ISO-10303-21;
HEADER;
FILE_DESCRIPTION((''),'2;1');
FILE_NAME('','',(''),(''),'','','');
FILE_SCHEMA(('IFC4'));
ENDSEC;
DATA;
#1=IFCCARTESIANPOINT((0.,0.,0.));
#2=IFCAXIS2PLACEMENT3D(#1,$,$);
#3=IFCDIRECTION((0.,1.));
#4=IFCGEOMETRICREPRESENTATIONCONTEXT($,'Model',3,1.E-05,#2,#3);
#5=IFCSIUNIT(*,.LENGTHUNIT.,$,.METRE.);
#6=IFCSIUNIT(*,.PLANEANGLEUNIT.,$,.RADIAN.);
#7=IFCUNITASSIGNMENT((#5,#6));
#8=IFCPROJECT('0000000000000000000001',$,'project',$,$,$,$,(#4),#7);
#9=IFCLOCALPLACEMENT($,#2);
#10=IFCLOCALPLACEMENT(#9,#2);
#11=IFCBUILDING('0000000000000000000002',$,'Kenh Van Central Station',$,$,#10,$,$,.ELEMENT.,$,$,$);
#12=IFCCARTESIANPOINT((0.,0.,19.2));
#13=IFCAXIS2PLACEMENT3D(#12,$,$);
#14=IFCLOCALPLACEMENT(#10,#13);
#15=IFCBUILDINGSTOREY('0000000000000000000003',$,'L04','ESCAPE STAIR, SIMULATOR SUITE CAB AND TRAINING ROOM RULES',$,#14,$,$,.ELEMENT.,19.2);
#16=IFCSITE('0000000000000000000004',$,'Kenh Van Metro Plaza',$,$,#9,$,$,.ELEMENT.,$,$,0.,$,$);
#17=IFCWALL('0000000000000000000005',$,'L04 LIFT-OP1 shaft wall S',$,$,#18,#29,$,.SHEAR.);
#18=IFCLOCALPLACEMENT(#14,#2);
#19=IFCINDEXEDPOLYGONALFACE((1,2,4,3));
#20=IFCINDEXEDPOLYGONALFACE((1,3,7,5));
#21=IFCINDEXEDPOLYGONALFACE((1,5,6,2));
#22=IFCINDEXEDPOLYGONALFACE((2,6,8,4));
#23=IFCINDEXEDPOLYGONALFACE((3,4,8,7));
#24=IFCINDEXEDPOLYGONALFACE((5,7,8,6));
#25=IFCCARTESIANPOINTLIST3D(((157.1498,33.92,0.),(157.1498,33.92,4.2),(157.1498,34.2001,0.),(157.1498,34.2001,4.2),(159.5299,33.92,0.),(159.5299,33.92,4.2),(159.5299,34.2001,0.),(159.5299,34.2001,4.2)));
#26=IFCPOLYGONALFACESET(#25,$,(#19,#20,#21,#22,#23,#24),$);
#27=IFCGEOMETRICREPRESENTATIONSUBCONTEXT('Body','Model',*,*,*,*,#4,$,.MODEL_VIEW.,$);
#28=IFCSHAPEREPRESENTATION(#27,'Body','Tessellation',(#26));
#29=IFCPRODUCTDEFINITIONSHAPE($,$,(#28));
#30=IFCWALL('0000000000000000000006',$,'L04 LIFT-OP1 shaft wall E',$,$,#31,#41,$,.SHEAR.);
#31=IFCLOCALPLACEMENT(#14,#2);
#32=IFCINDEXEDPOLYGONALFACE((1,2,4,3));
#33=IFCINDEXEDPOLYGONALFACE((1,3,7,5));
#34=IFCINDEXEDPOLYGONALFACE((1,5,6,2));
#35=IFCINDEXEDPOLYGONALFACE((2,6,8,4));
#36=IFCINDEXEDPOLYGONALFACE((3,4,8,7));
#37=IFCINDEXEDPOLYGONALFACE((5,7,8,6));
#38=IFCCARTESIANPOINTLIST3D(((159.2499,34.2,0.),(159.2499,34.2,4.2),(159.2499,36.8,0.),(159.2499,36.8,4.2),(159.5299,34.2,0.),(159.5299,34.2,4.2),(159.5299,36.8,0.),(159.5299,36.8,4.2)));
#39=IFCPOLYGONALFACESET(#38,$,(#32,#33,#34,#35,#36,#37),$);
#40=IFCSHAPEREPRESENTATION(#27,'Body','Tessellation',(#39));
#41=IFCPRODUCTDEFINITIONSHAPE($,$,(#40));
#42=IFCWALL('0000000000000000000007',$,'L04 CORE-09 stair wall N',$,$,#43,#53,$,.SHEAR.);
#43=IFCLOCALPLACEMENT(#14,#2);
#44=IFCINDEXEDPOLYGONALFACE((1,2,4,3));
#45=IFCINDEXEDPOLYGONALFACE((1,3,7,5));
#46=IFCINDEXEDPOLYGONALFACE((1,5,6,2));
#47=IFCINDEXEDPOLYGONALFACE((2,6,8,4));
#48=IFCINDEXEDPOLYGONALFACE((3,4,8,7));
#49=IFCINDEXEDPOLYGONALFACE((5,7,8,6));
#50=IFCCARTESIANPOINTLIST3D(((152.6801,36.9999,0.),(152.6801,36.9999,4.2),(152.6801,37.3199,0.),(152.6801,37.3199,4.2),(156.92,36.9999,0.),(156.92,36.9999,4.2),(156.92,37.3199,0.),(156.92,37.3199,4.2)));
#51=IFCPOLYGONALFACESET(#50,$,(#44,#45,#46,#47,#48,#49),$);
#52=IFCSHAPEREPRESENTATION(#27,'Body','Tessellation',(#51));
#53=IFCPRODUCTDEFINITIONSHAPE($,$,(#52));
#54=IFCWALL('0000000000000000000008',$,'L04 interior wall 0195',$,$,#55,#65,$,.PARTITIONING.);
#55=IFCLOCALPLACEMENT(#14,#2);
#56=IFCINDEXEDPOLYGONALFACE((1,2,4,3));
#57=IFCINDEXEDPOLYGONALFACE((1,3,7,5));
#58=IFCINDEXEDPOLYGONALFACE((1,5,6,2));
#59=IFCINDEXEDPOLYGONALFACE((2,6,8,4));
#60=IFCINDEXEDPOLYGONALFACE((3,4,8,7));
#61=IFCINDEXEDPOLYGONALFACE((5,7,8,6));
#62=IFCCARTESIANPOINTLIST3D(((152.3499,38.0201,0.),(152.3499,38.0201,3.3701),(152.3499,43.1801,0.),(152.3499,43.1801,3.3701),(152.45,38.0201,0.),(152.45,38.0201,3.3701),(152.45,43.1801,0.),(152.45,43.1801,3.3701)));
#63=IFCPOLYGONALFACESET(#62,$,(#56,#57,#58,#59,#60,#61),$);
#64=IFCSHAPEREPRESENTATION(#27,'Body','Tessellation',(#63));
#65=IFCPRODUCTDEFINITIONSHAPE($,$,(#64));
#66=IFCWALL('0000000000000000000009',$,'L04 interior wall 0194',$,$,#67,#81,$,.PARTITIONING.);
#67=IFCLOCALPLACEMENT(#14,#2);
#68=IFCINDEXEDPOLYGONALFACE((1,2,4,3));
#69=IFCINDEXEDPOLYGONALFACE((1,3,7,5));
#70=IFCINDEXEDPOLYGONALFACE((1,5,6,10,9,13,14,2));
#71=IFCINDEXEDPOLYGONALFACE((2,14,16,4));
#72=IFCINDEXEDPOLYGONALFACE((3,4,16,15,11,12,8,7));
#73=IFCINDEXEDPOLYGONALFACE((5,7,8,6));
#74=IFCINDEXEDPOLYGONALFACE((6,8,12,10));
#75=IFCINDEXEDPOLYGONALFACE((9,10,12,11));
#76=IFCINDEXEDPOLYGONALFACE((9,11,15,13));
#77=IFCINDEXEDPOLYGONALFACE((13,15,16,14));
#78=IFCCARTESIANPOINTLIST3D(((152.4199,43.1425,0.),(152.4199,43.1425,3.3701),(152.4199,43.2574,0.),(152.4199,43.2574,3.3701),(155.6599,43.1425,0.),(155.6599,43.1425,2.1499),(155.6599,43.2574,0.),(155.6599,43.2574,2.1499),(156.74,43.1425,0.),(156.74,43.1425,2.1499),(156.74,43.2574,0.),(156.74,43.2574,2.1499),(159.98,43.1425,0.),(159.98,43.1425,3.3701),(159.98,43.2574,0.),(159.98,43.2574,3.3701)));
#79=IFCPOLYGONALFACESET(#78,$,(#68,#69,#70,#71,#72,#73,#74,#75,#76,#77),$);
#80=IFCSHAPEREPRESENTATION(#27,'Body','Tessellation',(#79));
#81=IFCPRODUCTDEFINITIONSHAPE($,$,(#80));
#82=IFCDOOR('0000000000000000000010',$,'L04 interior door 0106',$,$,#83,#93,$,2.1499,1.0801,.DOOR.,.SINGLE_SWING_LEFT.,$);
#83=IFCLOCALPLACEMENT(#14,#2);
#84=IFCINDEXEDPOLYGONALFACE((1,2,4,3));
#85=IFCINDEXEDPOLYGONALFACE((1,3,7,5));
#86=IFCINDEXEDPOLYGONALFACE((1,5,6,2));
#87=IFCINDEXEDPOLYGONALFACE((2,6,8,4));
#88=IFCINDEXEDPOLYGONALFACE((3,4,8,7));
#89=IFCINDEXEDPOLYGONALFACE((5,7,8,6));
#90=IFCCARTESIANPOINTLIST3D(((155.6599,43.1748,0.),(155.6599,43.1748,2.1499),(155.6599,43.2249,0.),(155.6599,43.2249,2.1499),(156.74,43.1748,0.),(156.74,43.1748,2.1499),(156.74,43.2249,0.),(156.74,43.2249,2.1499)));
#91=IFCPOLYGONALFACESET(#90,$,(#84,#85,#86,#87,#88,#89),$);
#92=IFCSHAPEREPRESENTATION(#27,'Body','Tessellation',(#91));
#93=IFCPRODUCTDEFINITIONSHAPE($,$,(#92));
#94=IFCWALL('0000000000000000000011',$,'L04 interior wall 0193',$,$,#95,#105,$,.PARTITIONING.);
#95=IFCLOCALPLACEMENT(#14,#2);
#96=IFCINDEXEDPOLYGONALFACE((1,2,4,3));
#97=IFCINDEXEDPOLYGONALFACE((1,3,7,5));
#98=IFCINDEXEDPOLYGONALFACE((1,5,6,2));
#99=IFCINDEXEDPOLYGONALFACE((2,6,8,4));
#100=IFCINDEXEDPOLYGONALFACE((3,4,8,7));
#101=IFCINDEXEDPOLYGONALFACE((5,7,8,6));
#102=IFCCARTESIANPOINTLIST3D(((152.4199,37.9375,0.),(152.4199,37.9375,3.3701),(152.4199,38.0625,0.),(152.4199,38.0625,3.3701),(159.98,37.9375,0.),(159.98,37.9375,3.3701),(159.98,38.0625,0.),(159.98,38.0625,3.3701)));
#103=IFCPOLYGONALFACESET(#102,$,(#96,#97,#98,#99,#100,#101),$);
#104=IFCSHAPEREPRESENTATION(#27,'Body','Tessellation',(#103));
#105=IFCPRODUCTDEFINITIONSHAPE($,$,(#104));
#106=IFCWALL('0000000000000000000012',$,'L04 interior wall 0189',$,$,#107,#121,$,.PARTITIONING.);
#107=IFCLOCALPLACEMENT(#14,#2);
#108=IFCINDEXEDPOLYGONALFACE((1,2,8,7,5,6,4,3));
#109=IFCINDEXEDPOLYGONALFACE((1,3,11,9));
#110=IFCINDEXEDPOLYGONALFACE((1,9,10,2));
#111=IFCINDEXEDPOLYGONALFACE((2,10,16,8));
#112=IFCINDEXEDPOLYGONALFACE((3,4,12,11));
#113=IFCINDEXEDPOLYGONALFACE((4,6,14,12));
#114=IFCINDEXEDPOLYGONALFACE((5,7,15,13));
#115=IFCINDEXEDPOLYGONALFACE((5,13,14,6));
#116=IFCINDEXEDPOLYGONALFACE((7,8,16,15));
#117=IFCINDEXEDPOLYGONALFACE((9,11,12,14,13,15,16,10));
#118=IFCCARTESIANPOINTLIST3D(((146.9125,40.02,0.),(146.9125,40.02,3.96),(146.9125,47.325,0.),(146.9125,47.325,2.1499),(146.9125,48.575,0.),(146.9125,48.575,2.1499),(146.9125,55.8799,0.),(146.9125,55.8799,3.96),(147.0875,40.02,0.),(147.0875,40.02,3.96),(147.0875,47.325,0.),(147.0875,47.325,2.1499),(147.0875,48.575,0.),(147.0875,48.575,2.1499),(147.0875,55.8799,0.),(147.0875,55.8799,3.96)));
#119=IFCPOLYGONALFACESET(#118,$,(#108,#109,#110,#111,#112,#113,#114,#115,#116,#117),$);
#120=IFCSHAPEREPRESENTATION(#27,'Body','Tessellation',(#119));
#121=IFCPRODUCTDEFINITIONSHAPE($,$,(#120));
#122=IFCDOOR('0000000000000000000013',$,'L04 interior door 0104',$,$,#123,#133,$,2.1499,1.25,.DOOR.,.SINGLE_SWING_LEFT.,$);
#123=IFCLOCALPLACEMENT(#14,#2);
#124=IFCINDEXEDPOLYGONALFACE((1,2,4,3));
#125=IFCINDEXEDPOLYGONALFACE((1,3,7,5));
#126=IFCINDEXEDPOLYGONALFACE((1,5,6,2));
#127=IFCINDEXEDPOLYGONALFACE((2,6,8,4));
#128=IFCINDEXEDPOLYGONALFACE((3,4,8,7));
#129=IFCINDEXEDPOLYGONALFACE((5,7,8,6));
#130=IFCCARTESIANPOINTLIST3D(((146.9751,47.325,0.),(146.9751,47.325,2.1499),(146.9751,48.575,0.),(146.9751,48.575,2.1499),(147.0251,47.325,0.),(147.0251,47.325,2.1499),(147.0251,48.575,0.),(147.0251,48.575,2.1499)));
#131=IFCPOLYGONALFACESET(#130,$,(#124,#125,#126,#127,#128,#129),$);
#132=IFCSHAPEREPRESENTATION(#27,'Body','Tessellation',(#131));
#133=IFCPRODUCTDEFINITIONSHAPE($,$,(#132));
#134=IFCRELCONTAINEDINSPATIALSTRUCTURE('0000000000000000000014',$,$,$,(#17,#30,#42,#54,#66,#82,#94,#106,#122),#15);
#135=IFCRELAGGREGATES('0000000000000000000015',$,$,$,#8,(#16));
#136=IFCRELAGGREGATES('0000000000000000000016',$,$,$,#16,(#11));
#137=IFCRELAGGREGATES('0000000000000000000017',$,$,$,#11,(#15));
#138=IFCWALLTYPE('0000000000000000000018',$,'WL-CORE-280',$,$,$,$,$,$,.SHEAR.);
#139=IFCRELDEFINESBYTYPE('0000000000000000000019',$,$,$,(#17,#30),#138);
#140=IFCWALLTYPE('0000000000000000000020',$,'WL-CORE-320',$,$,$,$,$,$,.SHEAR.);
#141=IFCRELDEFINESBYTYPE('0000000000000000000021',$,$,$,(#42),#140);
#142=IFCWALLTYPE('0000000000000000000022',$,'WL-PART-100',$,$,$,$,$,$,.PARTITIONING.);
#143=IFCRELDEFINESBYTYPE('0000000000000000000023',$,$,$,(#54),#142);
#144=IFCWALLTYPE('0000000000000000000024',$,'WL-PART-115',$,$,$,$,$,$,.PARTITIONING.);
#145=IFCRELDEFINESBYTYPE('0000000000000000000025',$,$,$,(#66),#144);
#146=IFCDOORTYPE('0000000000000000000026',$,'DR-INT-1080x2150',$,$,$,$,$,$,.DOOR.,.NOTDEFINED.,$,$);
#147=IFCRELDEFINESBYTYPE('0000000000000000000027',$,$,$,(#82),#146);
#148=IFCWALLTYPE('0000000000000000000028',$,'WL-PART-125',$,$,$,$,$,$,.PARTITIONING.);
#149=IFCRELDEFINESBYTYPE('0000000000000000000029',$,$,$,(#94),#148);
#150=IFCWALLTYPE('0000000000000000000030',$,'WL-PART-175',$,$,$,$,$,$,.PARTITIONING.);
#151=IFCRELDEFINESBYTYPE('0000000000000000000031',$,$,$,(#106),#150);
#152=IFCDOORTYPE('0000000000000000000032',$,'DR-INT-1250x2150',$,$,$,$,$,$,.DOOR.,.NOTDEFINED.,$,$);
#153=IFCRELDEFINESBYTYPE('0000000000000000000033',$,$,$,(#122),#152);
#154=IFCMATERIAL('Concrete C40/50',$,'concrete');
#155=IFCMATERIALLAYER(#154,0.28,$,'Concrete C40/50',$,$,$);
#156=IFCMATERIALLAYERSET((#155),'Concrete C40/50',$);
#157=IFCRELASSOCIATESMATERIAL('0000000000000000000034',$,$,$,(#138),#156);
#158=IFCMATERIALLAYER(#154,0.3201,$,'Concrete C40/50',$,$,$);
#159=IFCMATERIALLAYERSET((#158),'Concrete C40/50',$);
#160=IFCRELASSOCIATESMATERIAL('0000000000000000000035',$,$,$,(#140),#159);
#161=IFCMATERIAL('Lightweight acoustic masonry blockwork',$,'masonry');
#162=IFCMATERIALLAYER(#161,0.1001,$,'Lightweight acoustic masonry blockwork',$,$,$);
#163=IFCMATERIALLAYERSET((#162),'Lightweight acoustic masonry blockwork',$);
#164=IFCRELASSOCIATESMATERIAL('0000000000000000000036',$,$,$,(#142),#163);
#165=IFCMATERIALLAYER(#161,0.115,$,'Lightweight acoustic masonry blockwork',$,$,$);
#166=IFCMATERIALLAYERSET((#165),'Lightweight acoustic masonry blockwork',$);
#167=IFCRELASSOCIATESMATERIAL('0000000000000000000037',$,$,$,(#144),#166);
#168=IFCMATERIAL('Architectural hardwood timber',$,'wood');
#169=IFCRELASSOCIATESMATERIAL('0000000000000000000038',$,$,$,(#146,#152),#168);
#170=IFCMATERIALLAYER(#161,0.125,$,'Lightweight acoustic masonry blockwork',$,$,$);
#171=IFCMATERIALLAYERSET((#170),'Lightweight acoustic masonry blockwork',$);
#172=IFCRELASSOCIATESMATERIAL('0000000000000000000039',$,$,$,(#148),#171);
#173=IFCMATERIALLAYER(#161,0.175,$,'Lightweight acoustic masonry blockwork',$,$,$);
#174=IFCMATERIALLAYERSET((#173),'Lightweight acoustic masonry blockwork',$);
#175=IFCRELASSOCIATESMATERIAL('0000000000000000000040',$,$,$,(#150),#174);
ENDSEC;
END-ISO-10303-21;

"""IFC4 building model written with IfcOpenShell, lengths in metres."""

from ifc_helpers import new_model, si_unit, direction, frame, frame_2d, origin, place, context, subcontext, project, spatial, rectangle, extrude, material, layer, layer_set, type_object, element, fill, save


model = new_model("IFC4")

# Units and contexts
model_context = context("Model", 3, precision=1e-05, world=origin(), true_north=direction((0.0, 1.0)))
body_context = subcontext(model_context, "Body", "Model", "MODEL_VIEW")
ifc_project = project(units=[si_unit("LENGTHUNIT", "METRE"), si_unit("PLANEANGLEUNIT", "RADIAN")], contexts=[model_context])

# Site, building, storey
site_placement = place(None, origin())
site = spatial("IfcSite", under=ifc_project, at=site_placement, Name="Kenh Van Metro Plaza", CompositionType="ELEMENT", RefElevation=0.0)
building_placement = place(site_placement, origin())
building = spatial("IfcBuilding", under=site, at=building_placement, Name="Kenh Van Central Station", CompositionType="ELEMENT")
storey_placement = place(building_placement, frame((0.0, 0.0, 19.2)))
storey = spatial("IfcBuildingStorey", under=building, at=storey_placement, Name="L04", Description="ESCAPE STAIR, SIMULATOR SUITE CAB AND TRAINING ROOM RULES", CompositionType="ELEMENT", Elevation=19.2)

# Wall
ifc_material_1 = material(Name="Concrete C40/50", Category="concrete")
ifc_layer_1 = layer(ifc_material_1, 0.28, Name="Concrete C40/50")
ifc_layer_set_1 = layer_set([ifc_layer_1], Name="Concrete C40/50")
wall_type_1 = type_object("IfcWallType", Name="WL-CORE-280", PredefinedType="SHEAR", material=ifc_layer_set_1)
wall_1_placement = place(storey_placement, frame((157.1499, 34.0601, 0.0), z_axis=(0.0, 0.0, 1.0), x_axis=(1.0, 0.0, 0.0)))
element("IfcWall", 1, at=wall_1_placement, inside=storey, type_object=wall_type_1, Name="L04 LIFT-OP1 shaft wall S", PredefinedType="SHEAR", context=body_context, shape_type="SweptSolid", body=[
    extrude(rectangle(XDim=2.3801, YDim=0.28, at=frame_2d((1.1899, 0.0))), origin(), (0.0, 0.0, 1.0), 4.2),
])

# Walls
wall_2_placement = place(storey_placement, frame((159.3899, 34.2, 0.0), z_axis=(0.0, 0.0, 1.0), x_axis=(0.0, 1.0, 0.0)))
element("IfcWall", 2, at=wall_2_placement, inside=storey, type_object=wall_type_1, Name="L04 LIFT-OP1 shaft wall E", PredefinedType="SHEAR", context=body_context, shape_type="SweptSolid", body=[
    extrude(rectangle(XDim=2.6001, YDim=0.28, at=frame_2d((1.3, 0.0))), origin(), (0.0, 0.0, 1.0), 4.2),
])
ifc_layer_2 = layer(ifc_material_1, 0.3201, Name="Concrete C40/50")
ifc_layer_set_2 = layer_set([ifc_layer_2], Name="Concrete C40/50")
wall_type_2 = type_object("IfcWallType", Name="WL-CORE-320", PredefinedType="SHEAR", material=ifc_layer_set_2)
wall_3_placement = place(storey_placement, frame((152.6799, 37.1599, 0.0), z_axis=(0.0, 0.0, 1.0), x_axis=(1.0, 0.0, 0.0)))
element("IfcWall", 3, at=wall_3_placement, inside=storey, type_object=wall_type_2, Name="L04 CORE-09 stair wall N", PredefinedType="SHEAR", context=body_context, shape_type="SweptSolid", body=[
    extrude(rectangle(XDim=4.24, YDim=0.3201, at=frame_2d((2.1201, 0.0))), origin(), (0.0, 0.0, 1.0), 4.2),
])
ifc_material_2 = material(Name="Lightweight acoustic masonry blockwork", Category="masonry")
ifc_layer_3 = layer(ifc_material_2, 0.1001, Name="Lightweight acoustic masonry blockwork")
ifc_layer_set_3 = layer_set([ifc_layer_3], Name="Lightweight acoustic masonry blockwork")
wall_type_3 = type_object("IfcWallType", Name="WL-PART-100", PredefinedType="PARTITIONING", material=ifc_layer_set_3)
wall_4_placement = place(storey_placement, frame((152.3999, 38.02, 0.0), z_axis=(0.0, 0.0, 1.0), x_axis=(0.0, 1.0, 0.0)))
element("IfcWall", 4, at=wall_4_placement, inside=storey, type_object=wall_type_3, Name="L04 interior wall 0195", PredefinedType="PARTITIONING", context=body_context, shape_type="SweptSolid", body=[
    extrude(rectangle(XDim=5.1599, YDim=0.1001, at=frame_2d((2.5801, 0.0))), origin(), (0.0, 0.0, 1.0), 3.3701),
])

# Wall, opening, door
ifc_layer_4 = layer(ifc_material_2, 0.115, Name="Lightweight acoustic masonry blockwork")
ifc_layer_set_4 = layer_set([ifc_layer_4], Name="Lightweight acoustic masonry blockwork")
wall_type_4 = type_object("IfcWallType", Name="WL-PART-115", PredefinedType="PARTITIONING", material=ifc_layer_set_4)
wall_5_placement = place(storey_placement, frame((152.4199, 43.2, 0.0), z_axis=(0.0, 0.0, 1.0), x_axis=(1.0, 0.0, 0.0)))
wall_5 = element("IfcWall", 5, at=wall_5_placement, inside=storey, type_object=wall_type_4, Name="L04 interior wall 0194", PredefinedType="PARTITIONING", context=body_context, shape_type="SweptSolid", body=[
    extrude(rectangle(XDim=7.5601, YDim=0.115, at=frame_2d((3.78, 0.0))), origin(), (0.0, 0.0, 1.0), 3.3701),
])
opening_1_placement = place(wall_5_placement, frame((3.24, 0.0, 0.0)))
opening_1 = element("IfcOpeningElement", 6, at=opening_1_placement, cuts=wall_5, PredefinedType="OPENING", context=body_context, shape_type="SweptSolid", body=[
    extrude(rectangle(XDim=1.0801, YDim=2.1499, at=frame_2d((0.54, 1.075))), frame((0.0, 0.0674, 0.0), z_axis=(0.0, -1.0, 0.0), x_axis=(1.0, 0.0, 0.0)), (0.0, 0.0, 1.0), 0.135),
])
ifc_material_3 = material(Name="Architectural hardwood timber", Category="wood")
door_type_1 = type_object("IfcDoorType", Name="DR-INT-1080x2150", OperationType="NOTDEFINED", PredefinedType="DOOR", material=ifc_material_3)
door_1_placement = place(opening_1_placement, origin())
door_1 = element("IfcDoor", 7, at=door_1_placement, inside=storey, type_object=door_type_1, Name="L04 interior door 0106", OperationType="SINGLE_SWING_LEFT", OverallHeight=2.1499, OverallWidth=1.0801, PredefinedType="DOOR", context=body_context, shape_type="SweptSolid", body=[
    extrude(rectangle(XDim=1.0801, YDim=2.1499, at=frame_2d((0.54, 1.075))), frame((0.0, 0.0249, 0.0), z_axis=(0.0, -1.0, 0.0), x_axis=(1.0, 0.0, 0.0)), (0.0, 0.0, 1.0), 0.05),
])
fill(opening_1, door_1)

# Wall
ifc_layer_5 = layer(ifc_material_2, 0.125, Name="Lightweight acoustic masonry blockwork")
ifc_layer_set_5 = layer_set([ifc_layer_5], Name="Lightweight acoustic masonry blockwork")
wall_type_5 = type_object("IfcWallType", Name="WL-PART-125", PredefinedType="PARTITIONING", material=ifc_layer_set_5)
wall_6_placement = place(storey_placement, frame((152.4199, 38.0, 0.0), z_axis=(0.0, 0.0, 1.0), x_axis=(1.0, 0.0, 0.0)))
element("IfcWall", 8, at=wall_6_placement, inside=storey, type_object=wall_type_5, Name="L04 interior wall 0193", PredefinedType="PARTITIONING", context=body_context, shape_type="SweptSolid", body=[
    extrude(rectangle(XDim=7.5601, YDim=0.125, at=frame_2d((3.78, 0.0))), origin(), (0.0, 0.0, 1.0), 3.3701),
])

# Wall, opening, door
ifc_layer_6 = layer(ifc_material_2, 0.175, Name="Lightweight acoustic masonry blockwork")
ifc_layer_set_6 = layer_set([ifc_layer_6], Name="Lightweight acoustic masonry blockwork")
wall_type_6 = type_object("IfcWallType", Name="WL-PART-175", PredefinedType="PARTITIONING", material=ifc_layer_set_6)
wall_7_placement = place(storey_placement, frame((147.0, 40.02, 0.0), z_axis=(0.0, 0.0, 1.0), x_axis=(0.0, 1.0, 0.0)))
wall_7 = element("IfcWall", 9, at=wall_7_placement, inside=storey, type_object=wall_type_6, Name="L04 interior wall 0189", PredefinedType="PARTITIONING", context=body_context, shape_type="SweptSolid", body=[
    extrude(rectangle(XDim=15.8599, YDim=0.175, at=frame_2d((7.9299, 0.0))), origin(), (0.0, 0.0, 1.0), 3.96),
])
opening_2_placement = place(wall_7_placement, frame((7.3049, 0.0, 0.0)))
opening_2 = element("IfcOpeningElement", 10, at=opening_2_placement, cuts=wall_7, PredefinedType="OPENING", context=body_context, shape_type="SweptSolid", body=[
    extrude(rectangle(XDim=1.25, YDim=2.1499, at=frame_2d((0.625, 1.075))), frame((0.0, 0.0974, 0.0), z_axis=(0.0, -1.0, 0.0), x_axis=(1.0, 0.0, 0.0)), (0.0, 0.0, 1.0), 0.1951),
])
door_type_2 = type_object("IfcDoorType", Name="DR-INT-1250x2150", OperationType="NOTDEFINED", PredefinedType="DOOR", material=ifc_material_3)
door_2_placement = place(opening_2_placement, origin())
door_2 = element("IfcDoor", 11, at=door_2_placement, inside=storey, type_object=door_type_2, Name="L04 interior door 0104", OperationType="SINGLE_SWING_LEFT", OverallHeight=2.1499, OverallWidth=1.25, PredefinedType="DOOR", context=body_context, shape_type="SweptSolid", body=[
    extrude(rectangle(XDim=1.25, YDim=2.1499, at=frame_2d((0.625, 1.075))), frame((0.0, 0.0249, 0.0), z_axis=(0.0, -1.0, 0.0), x_axis=(1.0, 0.0, 0.0)), (0.0, 0.0, 1.0), 0.05),
])
fill(opening_2, door_2)

save(model, "model.ifc")
